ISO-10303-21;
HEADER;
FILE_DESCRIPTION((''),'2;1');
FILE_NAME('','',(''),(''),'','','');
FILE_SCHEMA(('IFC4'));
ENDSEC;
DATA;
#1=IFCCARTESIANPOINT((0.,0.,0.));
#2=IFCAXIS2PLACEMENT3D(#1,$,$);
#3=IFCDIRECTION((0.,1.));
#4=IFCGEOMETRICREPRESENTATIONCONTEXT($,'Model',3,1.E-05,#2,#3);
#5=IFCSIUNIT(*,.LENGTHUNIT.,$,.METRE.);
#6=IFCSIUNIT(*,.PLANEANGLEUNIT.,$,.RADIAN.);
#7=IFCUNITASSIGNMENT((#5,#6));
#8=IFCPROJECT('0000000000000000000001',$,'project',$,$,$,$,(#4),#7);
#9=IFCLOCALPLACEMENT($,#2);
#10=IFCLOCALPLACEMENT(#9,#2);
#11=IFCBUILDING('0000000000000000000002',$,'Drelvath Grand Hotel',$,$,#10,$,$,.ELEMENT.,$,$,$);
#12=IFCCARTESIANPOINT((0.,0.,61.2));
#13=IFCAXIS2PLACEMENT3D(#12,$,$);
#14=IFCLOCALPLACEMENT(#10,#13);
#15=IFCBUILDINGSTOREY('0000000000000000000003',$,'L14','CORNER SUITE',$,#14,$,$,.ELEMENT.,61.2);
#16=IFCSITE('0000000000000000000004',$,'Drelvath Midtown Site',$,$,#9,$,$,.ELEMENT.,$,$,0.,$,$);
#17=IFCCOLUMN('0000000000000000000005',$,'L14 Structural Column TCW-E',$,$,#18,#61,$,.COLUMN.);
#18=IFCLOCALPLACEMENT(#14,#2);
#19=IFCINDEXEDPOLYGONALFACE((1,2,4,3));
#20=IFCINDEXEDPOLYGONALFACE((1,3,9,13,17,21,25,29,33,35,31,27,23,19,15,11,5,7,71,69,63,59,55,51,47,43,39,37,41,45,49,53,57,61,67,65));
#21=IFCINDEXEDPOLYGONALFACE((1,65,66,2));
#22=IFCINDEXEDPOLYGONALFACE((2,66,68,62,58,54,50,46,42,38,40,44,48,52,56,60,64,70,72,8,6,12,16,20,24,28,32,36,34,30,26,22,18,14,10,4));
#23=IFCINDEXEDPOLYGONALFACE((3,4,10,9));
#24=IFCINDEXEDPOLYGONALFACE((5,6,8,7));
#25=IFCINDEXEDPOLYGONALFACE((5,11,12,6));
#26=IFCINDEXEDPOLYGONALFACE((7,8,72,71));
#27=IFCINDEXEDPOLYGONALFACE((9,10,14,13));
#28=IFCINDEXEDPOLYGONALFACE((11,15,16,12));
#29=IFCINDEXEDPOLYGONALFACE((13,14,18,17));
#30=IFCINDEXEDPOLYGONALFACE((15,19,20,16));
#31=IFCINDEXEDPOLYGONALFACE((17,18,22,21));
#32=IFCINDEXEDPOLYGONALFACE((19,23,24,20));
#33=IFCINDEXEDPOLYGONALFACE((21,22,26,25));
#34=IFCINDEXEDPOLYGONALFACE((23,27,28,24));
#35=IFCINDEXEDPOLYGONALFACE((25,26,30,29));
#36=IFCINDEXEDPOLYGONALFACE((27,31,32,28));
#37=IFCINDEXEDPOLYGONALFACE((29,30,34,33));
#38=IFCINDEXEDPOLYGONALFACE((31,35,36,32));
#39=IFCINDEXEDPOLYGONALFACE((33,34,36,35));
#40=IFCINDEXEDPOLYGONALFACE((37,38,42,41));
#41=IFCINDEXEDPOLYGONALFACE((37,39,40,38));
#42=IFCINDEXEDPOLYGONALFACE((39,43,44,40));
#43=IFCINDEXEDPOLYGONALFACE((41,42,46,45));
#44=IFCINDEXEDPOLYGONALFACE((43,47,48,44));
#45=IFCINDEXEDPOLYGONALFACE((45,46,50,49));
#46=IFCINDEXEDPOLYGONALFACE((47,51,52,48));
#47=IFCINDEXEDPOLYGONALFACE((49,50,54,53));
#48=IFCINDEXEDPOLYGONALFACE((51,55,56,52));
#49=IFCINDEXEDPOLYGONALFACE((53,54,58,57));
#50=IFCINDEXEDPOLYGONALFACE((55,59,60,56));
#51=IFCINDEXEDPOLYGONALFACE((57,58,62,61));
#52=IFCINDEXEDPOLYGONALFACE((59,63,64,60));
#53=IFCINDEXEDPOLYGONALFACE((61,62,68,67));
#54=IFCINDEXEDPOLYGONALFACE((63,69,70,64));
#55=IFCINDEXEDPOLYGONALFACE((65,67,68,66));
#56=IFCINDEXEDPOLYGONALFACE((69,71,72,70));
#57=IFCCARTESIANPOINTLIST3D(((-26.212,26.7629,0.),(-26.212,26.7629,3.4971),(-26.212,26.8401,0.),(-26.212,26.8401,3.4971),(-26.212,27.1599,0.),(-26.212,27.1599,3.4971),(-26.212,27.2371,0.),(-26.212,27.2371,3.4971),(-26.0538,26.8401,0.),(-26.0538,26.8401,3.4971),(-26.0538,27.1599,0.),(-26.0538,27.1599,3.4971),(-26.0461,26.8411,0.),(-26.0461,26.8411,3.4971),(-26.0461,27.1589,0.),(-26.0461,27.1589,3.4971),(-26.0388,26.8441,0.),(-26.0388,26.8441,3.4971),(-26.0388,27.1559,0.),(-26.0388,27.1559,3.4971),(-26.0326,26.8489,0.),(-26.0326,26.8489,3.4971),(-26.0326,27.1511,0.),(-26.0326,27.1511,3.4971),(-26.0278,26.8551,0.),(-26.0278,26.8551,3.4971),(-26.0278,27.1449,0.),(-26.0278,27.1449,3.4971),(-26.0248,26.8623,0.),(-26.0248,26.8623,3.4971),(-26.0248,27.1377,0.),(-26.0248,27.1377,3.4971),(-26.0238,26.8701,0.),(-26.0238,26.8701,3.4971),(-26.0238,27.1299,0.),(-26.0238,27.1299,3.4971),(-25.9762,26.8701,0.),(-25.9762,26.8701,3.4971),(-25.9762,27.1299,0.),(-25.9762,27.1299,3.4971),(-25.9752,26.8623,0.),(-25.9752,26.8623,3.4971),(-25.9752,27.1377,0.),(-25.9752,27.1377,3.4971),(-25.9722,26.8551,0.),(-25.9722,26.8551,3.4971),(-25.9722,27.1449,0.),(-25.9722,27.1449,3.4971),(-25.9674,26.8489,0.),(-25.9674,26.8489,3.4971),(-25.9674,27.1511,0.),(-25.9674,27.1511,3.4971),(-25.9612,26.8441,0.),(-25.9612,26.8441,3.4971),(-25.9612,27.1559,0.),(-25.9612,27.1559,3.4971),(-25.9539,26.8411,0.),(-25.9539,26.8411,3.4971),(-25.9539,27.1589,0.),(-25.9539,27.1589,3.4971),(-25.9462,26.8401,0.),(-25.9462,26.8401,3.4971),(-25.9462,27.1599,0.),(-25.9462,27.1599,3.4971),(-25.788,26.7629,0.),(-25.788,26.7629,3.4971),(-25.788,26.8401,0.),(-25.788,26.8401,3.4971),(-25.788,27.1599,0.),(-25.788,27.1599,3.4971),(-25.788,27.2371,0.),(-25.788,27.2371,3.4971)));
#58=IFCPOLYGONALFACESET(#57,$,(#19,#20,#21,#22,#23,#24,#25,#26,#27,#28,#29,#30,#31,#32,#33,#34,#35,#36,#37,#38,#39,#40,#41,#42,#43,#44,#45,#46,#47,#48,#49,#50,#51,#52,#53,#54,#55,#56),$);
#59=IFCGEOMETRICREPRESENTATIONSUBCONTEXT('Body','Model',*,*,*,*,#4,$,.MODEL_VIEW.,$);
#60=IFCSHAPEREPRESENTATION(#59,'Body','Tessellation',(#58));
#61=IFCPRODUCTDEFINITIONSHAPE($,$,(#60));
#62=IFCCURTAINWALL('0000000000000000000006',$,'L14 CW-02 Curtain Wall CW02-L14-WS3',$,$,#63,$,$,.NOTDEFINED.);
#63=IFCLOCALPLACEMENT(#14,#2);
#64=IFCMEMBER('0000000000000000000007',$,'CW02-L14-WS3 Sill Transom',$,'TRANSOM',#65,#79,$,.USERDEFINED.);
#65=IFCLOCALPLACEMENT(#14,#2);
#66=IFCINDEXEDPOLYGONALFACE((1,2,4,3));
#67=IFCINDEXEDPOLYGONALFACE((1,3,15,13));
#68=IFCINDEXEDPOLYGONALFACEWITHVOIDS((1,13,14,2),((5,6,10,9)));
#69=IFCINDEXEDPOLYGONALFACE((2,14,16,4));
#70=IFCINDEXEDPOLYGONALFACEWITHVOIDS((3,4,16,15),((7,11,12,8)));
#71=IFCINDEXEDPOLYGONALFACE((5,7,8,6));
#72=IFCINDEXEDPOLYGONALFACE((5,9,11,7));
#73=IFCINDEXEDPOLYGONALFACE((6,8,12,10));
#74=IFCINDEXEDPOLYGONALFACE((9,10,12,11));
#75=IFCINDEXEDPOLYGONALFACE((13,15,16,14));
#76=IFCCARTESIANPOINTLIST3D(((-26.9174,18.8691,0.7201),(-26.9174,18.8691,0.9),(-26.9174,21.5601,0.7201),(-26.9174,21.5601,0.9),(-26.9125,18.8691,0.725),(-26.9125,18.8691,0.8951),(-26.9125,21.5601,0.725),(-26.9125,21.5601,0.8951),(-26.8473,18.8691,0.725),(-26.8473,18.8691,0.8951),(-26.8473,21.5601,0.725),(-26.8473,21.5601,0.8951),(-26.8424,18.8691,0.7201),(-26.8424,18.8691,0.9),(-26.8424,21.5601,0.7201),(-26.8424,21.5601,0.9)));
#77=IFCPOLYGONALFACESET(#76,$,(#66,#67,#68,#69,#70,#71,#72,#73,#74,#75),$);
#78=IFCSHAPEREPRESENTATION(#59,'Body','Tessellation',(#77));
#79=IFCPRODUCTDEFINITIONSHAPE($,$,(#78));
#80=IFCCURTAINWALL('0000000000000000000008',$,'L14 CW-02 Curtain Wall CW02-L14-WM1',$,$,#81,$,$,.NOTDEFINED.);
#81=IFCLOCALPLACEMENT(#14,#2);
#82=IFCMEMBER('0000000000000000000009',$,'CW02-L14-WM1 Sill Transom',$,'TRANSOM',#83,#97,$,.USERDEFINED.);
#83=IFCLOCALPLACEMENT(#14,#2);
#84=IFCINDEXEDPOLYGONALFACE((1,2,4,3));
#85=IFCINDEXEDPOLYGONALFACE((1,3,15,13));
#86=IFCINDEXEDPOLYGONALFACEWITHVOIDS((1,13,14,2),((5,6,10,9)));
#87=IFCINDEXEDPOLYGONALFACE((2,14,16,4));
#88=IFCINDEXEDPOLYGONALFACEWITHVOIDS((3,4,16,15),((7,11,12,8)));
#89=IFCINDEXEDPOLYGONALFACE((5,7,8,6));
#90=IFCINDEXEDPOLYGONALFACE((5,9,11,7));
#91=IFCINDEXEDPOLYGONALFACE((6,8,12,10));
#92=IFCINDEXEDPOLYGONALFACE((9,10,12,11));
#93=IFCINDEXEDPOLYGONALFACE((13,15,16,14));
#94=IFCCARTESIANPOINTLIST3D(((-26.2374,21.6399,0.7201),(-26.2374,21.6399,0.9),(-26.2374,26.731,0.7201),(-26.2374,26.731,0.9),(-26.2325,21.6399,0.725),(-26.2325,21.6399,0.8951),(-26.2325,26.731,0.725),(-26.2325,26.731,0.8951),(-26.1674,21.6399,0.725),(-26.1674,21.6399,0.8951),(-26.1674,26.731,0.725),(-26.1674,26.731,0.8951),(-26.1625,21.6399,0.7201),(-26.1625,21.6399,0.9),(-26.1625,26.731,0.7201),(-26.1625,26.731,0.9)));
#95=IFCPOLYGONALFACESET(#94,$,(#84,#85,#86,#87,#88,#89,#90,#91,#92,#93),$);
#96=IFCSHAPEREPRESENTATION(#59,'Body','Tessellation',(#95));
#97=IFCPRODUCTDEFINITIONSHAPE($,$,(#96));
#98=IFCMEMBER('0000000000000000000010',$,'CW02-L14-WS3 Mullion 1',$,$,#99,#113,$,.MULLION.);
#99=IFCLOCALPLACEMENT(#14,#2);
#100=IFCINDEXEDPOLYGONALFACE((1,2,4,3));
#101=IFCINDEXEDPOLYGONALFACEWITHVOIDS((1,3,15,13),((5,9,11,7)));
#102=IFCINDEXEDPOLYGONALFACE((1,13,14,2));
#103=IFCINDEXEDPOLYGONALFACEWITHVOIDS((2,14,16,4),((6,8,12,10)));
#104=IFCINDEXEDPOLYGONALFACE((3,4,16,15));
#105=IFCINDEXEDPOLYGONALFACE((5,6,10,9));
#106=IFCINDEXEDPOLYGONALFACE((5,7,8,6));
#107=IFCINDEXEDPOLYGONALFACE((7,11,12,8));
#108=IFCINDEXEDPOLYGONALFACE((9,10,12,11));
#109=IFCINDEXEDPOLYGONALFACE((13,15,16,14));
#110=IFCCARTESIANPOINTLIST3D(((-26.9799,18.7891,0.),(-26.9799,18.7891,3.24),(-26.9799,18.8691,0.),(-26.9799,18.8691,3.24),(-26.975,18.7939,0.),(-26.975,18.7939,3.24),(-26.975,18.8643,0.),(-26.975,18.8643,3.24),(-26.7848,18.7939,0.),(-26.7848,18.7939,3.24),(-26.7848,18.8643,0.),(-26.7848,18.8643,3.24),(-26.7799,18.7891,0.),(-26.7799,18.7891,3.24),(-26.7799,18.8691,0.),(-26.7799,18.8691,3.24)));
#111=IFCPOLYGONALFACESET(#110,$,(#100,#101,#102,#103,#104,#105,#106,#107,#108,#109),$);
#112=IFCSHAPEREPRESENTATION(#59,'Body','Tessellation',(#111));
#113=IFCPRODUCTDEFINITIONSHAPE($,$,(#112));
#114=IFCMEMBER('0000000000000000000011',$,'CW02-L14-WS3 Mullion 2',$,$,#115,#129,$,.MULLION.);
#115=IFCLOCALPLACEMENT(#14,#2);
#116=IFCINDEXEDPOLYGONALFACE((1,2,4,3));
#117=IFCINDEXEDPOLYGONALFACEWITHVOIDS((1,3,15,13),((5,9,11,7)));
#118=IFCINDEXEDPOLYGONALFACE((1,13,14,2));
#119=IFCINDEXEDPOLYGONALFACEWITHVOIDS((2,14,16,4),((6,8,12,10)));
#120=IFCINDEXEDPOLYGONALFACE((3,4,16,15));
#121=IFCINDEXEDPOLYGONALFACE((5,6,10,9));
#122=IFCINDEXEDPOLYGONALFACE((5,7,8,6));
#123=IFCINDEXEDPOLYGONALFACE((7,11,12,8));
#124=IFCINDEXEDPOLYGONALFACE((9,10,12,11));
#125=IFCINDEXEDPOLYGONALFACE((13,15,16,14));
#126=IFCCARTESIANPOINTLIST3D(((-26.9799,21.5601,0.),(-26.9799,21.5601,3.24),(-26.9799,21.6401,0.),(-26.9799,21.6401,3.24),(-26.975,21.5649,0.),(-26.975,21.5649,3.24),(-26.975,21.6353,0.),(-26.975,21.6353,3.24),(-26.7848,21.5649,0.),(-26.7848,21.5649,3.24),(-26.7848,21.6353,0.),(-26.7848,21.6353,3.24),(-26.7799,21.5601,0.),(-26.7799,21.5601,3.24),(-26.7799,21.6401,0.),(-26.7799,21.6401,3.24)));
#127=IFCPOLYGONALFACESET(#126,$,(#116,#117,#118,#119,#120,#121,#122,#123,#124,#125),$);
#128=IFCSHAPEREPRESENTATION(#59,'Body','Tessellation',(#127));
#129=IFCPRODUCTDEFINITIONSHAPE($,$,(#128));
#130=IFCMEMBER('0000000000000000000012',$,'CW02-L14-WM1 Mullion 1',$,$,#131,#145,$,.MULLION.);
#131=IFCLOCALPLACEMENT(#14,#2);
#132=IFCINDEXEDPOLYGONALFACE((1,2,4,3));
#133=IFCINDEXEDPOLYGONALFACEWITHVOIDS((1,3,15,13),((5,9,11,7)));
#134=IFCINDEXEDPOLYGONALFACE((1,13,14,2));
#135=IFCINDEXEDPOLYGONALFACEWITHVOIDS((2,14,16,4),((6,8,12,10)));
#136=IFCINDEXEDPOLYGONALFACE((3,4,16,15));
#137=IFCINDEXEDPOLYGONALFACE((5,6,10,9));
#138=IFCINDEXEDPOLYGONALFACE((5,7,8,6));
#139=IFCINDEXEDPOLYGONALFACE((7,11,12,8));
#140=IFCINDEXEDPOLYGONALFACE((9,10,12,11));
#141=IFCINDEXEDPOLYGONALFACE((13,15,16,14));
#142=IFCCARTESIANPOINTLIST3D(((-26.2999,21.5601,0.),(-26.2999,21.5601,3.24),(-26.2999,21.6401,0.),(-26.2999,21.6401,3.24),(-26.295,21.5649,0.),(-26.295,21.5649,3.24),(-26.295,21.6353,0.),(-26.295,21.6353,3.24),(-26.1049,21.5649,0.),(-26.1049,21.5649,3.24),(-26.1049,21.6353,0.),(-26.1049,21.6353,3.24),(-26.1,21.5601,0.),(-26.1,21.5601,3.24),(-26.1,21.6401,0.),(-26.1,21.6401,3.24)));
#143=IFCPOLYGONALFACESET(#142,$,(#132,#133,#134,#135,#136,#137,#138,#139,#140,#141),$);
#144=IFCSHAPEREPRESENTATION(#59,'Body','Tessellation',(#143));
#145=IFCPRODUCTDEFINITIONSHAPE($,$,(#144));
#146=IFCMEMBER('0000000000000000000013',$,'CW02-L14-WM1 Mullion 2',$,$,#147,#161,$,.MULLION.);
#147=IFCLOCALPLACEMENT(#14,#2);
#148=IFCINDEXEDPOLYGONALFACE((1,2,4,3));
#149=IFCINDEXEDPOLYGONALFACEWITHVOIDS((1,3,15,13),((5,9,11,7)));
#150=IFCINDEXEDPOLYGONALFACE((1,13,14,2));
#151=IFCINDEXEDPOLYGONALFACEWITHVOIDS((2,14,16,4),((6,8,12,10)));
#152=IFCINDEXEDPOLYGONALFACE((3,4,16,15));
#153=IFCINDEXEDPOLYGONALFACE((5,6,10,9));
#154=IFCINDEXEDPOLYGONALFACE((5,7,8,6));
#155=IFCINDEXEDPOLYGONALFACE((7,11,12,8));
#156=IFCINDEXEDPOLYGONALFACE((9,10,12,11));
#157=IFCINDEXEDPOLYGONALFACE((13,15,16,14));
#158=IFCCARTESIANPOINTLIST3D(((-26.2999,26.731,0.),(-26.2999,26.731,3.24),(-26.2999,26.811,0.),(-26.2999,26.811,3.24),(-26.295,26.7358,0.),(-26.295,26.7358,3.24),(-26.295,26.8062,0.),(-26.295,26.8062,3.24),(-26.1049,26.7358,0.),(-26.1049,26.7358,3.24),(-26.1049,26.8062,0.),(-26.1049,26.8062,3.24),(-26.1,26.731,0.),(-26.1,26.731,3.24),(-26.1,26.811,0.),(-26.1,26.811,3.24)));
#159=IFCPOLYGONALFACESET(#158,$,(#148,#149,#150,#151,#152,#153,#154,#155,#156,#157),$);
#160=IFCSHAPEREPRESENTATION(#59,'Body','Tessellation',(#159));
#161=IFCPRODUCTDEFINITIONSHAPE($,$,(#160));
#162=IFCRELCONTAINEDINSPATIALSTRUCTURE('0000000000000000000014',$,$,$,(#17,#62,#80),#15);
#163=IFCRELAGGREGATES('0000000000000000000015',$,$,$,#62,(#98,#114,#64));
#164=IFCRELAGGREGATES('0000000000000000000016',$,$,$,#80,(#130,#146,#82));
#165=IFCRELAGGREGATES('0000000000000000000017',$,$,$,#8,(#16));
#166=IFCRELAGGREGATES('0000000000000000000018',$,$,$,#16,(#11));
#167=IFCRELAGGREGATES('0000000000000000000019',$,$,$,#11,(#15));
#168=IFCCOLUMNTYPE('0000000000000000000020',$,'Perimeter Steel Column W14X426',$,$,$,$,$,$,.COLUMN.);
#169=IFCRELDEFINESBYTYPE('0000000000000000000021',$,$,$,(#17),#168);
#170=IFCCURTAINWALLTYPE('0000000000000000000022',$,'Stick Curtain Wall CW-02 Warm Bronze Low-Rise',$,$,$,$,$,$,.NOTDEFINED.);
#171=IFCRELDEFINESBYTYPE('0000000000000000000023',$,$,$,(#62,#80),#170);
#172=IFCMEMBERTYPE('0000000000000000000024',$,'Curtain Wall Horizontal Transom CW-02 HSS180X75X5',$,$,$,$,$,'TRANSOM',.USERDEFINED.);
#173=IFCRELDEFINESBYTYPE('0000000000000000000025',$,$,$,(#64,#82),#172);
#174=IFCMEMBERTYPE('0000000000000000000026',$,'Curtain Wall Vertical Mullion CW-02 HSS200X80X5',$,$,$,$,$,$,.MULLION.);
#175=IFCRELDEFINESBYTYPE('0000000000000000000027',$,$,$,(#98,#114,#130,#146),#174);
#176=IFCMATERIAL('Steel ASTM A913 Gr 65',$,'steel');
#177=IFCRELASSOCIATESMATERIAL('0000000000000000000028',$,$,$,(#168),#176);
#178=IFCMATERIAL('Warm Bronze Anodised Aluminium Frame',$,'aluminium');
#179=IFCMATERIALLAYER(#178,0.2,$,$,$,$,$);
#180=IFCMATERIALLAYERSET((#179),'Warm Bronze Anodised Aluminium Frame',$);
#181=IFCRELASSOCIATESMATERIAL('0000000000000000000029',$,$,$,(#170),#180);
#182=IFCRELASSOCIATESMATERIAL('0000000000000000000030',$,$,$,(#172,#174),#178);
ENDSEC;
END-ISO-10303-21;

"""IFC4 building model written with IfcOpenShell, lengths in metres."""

from ifc_helpers import new_model, si_unit, direction, frame, origin, origin_2d, place, context, subcontext, project, spatial, hollow_rectangle, i_section, extrude, material, layer, layer_set, material_profile, profile_set, type_object, element, aggregate, save


model = new_model("IFC4")

# Units and contexts
model_context = context("Model", 3, precision=1e-05, world=origin(), true_north=direction((0.0, 1.0)))
body_context = subcontext(model_context, "Body", "Model", "MODEL_VIEW")
ifc_project = project(units=[si_unit("LENGTHUNIT", "METRE"), si_unit("PLANEANGLEUNIT", "RADIAN")], contexts=[model_context])

# Site, building, storey
site_placement = place(None, origin())
site = spatial("IfcSite", under=ifc_project, at=site_placement, Name="Drelvath Midtown Site", CompositionType="ELEMENT", RefElevation=0.0)
building_placement = place(site_placement, origin())
building = spatial("IfcBuilding", under=site, at=building_placement, Name="Drelvath Grand Hotel", CompositionType="ELEMENT")
storey_placement = place(building_placement, frame((0.0, 0.0, 61.2)))
storey = spatial("IfcBuildingStorey", under=building, at=storey_placement, Name="L14", Description="CORNER SUITE", CompositionType="ELEMENT", Elevation=61.2)

# Column
ifc_material_1 = material(Name="Steel ASTM A913 Gr 65", Category="steel")
ifc_material_profile_1 = material_profile(ifc_material_1, i_section(OverallWidth=0.4241, OverallDepth=0.4741, WebThickness=0.0476, FlangeThickness=0.0771, FilletRadius=0.03, at=origin_2d()), Name="W14X426")
ifc_profile_set_1 = profile_set([ifc_material_profile_1], Name="Steel ASTM A913 Gr 65")
column_type = type_object("IfcColumnType", Name="Perimeter Steel Column W14X426", PredefinedType="COLUMN", material=ifc_profile_set_1)
column_placement = place(storey_placement, frame((-26.0, 27.0, 0.0), z_axis=(0.0, 0.0, 1.0), x_axis=(1.0, 0.0, 0.0)))
element("IfcColumn", 1, at=column_placement, inside=storey, type_object=column_type, Name="L14 Structural Column TCW-E", PredefinedType="COLUMN", context=body_context, shape_type="SweptSolid", body=[
    extrude(i_section(OverallWidth=0.4241, OverallDepth=0.4741, WebThickness=0.0476, FlangeThickness=0.0771, FilletRadius=0.03, at=origin_2d()), origin(), (0.0, 0.0, 1.0), 3.4971),
])

# Curtain walls, members
ifc_material_2 = material(Name="Warm Bronze Anodised Aluminium Frame", Category="aluminium")
ifc_layer_1 = layer(ifc_material_2, 0.2)
ifc_layer_set_1 = layer_set([ifc_layer_1], Name="Warm Bronze Anodised Aluminium Frame")
curtain_wall_type = type_object("IfcCurtainWallType", Name="Stick Curtain Wall CW-02 Warm Bronze Low-Rise", PredefinedType="NOTDEFINED", material=ifc_layer_set_1)
curtain_wall_1_placement = place(storey_placement, origin())
curtain_wall_1 = element("IfcCurtainWall", 2, at=curtain_wall_1_placement, inside=storey, type_object=curtain_wall_type, Name="L14 CW-02 Curtain Wall CW02-L14-WS3", PredefinedType="NOTDEFINED")
ifc_material_profile_2 = material_profile(ifc_material_2, hollow_rectangle(XDim=0.075, YDim=0.1799, WallThickness=0.0049, at=origin_2d()), Name="HSS180X75X5")
ifc_profile_set_2 = profile_set([ifc_material_profile_2], Name="Warm Bronze Anodised Aluminium Frame")
member_type_1 = type_object("IfcMemberType", Name="Curtain Wall Horizontal Transom CW-02 HSS180X75X5", ElementType="TRANSOM", PredefinedType="USERDEFINED", material=ifc_profile_set_2)
member_1_placement = place(storey_placement, frame((-26.8799, 18.8691, 0.8101), z_axis=(0.0, 1.0, 0.0), x_axis=(-1.0, 0.0, 0.0)))
member_1 = element("IfcMember", 3, at=member_1_placement, type_object=member_type_1, Name="CW02-L14-WS3 Sill Transom", ObjectType="TRANSOM", PredefinedType="USERDEFINED", context=body_context, shape_type="SweptSolid", body=[
    extrude(hollow_rectangle(XDim=0.075, YDim=0.1799, WallThickness=0.0049, at=origin_2d()), origin(), (0.0, 0.0, 1.0), 2.6909),
])
curtain_wall_2_placement = place(storey_placement, origin())
curtain_wall_2 = element("IfcCurtainWall", 4, at=curtain_wall_2_placement, inside=storey, type_object=curtain_wall_type, Name="L14 CW-02 Curtain Wall CW02-L14-WM1", PredefinedType="NOTDEFINED")
member_2_placement = place(storey_placement, frame((-26.2, 21.6399, 0.8101), z_axis=(0.0, 1.0, 0.0), x_axis=(-1.0, 0.0, 0.0)))
member_2 = element("IfcMember", 5, at=member_2_placement, type_object=member_type_1, Name="CW02-L14-WM1 Sill Transom", ObjectType="TRANSOM", PredefinedType="USERDEFINED", context=body_context, shape_type="SweptSolid", body=[
    extrude(hollow_rectangle(XDim=0.075, YDim=0.1799, WallThickness=0.0049, at=origin_2d()), origin(), (0.0, 0.0, 1.0), 5.0911),
])

# Members
ifc_material_profile_3 = material_profile(ifc_material_2, hollow_rectangle(XDim=0.0801, YDim=0.2, WallThickness=0.0049, at=origin_2d()), Name="HSS200X80X5")
ifc_profile_set_3 = profile_set([ifc_material_profile_3], Name="Warm Bronze Anodised Aluminium Frame")
member_type_2 = type_object("IfcMemberType", Name="Curtain Wall Vertical Mullion CW-02 HSS200X80X5", PredefinedType="MULLION", material=ifc_profile_set_3)
member_3_placement = place(storey_placement, frame((-26.8799, 18.8291, 0.0), z_axis=(0.0, 0.0, 1.0), x_axis=(0.0, 1.0, 0.0)))
member_3 = element("IfcMember", 6, at=member_3_placement, type_object=member_type_2, Name="CW02-L14-WS3 Mullion 1", PredefinedType="MULLION", context=body_context, shape_type="SweptSolid", body=[
    extrude(hollow_rectangle(XDim=0.0801, YDim=0.2, WallThickness=0.0049, at=origin_2d()), origin(), (0.0, 0.0, 1.0), 3.24),
])
member_4_placement = place(storey_placement, frame((-26.8799, 21.6001, 0.0), z_axis=(0.0, 0.0, 1.0), x_axis=(0.0, 1.0, 0.0)))
member_4 = element("IfcMember", 7, at=member_4_placement, type_object=member_type_2, Name="CW02-L14-WS3 Mullion 2", PredefinedType="MULLION", context=body_context, shape_type="SweptSolid", body=[
    extrude(hollow_rectangle(XDim=0.0801, YDim=0.2, WallThickness=0.0049, at=origin_2d()), origin(), (0.0, 0.0, 1.0), 3.24),
])
member_5_placement = place(storey_placement, frame((-26.2, 21.6001, 0.0), z_axis=(0.0, 0.0, 1.0), x_axis=(0.0, 1.0, 0.0)))
member_5 = element("IfcMember", 8, at=member_5_placement, type_object=member_type_2, Name="CW02-L14-WM1 Mullion 1", PredefinedType="MULLION", context=body_context, shape_type="SweptSolid", body=[
    extrude(hollow_rectangle(XDim=0.0801, YDim=0.2, WallThickness=0.0049, at=origin_2d()), origin(), (0.0, 0.0, 1.0), 3.24),
])
member_6_placement = place(storey_placement, frame((-26.2, 26.771, 0.0), z_axis=(0.0, 0.0, 1.0), x_axis=(0.0, 1.0, 0.0)))
member_6 = element("IfcMember", 9, at=member_6_placement, type_object=member_type_2, Name="CW02-L14-WM1 Mullion 2", PredefinedType="MULLION", context=body_context, shape_type="SweptSolid", body=[
    extrude(hollow_rectangle(XDim=0.0801, YDim=0.2, WallThickness=0.0049, at=origin_2d()), origin(), (0.0, 0.0, 1.0), 3.24),
])

aggregate(curtain_wall_1, [member_3, member_4, member_1])
aggregate(curtain_wall_2, [member_5, member_6, member_2])

save(model, "model.ifc")
